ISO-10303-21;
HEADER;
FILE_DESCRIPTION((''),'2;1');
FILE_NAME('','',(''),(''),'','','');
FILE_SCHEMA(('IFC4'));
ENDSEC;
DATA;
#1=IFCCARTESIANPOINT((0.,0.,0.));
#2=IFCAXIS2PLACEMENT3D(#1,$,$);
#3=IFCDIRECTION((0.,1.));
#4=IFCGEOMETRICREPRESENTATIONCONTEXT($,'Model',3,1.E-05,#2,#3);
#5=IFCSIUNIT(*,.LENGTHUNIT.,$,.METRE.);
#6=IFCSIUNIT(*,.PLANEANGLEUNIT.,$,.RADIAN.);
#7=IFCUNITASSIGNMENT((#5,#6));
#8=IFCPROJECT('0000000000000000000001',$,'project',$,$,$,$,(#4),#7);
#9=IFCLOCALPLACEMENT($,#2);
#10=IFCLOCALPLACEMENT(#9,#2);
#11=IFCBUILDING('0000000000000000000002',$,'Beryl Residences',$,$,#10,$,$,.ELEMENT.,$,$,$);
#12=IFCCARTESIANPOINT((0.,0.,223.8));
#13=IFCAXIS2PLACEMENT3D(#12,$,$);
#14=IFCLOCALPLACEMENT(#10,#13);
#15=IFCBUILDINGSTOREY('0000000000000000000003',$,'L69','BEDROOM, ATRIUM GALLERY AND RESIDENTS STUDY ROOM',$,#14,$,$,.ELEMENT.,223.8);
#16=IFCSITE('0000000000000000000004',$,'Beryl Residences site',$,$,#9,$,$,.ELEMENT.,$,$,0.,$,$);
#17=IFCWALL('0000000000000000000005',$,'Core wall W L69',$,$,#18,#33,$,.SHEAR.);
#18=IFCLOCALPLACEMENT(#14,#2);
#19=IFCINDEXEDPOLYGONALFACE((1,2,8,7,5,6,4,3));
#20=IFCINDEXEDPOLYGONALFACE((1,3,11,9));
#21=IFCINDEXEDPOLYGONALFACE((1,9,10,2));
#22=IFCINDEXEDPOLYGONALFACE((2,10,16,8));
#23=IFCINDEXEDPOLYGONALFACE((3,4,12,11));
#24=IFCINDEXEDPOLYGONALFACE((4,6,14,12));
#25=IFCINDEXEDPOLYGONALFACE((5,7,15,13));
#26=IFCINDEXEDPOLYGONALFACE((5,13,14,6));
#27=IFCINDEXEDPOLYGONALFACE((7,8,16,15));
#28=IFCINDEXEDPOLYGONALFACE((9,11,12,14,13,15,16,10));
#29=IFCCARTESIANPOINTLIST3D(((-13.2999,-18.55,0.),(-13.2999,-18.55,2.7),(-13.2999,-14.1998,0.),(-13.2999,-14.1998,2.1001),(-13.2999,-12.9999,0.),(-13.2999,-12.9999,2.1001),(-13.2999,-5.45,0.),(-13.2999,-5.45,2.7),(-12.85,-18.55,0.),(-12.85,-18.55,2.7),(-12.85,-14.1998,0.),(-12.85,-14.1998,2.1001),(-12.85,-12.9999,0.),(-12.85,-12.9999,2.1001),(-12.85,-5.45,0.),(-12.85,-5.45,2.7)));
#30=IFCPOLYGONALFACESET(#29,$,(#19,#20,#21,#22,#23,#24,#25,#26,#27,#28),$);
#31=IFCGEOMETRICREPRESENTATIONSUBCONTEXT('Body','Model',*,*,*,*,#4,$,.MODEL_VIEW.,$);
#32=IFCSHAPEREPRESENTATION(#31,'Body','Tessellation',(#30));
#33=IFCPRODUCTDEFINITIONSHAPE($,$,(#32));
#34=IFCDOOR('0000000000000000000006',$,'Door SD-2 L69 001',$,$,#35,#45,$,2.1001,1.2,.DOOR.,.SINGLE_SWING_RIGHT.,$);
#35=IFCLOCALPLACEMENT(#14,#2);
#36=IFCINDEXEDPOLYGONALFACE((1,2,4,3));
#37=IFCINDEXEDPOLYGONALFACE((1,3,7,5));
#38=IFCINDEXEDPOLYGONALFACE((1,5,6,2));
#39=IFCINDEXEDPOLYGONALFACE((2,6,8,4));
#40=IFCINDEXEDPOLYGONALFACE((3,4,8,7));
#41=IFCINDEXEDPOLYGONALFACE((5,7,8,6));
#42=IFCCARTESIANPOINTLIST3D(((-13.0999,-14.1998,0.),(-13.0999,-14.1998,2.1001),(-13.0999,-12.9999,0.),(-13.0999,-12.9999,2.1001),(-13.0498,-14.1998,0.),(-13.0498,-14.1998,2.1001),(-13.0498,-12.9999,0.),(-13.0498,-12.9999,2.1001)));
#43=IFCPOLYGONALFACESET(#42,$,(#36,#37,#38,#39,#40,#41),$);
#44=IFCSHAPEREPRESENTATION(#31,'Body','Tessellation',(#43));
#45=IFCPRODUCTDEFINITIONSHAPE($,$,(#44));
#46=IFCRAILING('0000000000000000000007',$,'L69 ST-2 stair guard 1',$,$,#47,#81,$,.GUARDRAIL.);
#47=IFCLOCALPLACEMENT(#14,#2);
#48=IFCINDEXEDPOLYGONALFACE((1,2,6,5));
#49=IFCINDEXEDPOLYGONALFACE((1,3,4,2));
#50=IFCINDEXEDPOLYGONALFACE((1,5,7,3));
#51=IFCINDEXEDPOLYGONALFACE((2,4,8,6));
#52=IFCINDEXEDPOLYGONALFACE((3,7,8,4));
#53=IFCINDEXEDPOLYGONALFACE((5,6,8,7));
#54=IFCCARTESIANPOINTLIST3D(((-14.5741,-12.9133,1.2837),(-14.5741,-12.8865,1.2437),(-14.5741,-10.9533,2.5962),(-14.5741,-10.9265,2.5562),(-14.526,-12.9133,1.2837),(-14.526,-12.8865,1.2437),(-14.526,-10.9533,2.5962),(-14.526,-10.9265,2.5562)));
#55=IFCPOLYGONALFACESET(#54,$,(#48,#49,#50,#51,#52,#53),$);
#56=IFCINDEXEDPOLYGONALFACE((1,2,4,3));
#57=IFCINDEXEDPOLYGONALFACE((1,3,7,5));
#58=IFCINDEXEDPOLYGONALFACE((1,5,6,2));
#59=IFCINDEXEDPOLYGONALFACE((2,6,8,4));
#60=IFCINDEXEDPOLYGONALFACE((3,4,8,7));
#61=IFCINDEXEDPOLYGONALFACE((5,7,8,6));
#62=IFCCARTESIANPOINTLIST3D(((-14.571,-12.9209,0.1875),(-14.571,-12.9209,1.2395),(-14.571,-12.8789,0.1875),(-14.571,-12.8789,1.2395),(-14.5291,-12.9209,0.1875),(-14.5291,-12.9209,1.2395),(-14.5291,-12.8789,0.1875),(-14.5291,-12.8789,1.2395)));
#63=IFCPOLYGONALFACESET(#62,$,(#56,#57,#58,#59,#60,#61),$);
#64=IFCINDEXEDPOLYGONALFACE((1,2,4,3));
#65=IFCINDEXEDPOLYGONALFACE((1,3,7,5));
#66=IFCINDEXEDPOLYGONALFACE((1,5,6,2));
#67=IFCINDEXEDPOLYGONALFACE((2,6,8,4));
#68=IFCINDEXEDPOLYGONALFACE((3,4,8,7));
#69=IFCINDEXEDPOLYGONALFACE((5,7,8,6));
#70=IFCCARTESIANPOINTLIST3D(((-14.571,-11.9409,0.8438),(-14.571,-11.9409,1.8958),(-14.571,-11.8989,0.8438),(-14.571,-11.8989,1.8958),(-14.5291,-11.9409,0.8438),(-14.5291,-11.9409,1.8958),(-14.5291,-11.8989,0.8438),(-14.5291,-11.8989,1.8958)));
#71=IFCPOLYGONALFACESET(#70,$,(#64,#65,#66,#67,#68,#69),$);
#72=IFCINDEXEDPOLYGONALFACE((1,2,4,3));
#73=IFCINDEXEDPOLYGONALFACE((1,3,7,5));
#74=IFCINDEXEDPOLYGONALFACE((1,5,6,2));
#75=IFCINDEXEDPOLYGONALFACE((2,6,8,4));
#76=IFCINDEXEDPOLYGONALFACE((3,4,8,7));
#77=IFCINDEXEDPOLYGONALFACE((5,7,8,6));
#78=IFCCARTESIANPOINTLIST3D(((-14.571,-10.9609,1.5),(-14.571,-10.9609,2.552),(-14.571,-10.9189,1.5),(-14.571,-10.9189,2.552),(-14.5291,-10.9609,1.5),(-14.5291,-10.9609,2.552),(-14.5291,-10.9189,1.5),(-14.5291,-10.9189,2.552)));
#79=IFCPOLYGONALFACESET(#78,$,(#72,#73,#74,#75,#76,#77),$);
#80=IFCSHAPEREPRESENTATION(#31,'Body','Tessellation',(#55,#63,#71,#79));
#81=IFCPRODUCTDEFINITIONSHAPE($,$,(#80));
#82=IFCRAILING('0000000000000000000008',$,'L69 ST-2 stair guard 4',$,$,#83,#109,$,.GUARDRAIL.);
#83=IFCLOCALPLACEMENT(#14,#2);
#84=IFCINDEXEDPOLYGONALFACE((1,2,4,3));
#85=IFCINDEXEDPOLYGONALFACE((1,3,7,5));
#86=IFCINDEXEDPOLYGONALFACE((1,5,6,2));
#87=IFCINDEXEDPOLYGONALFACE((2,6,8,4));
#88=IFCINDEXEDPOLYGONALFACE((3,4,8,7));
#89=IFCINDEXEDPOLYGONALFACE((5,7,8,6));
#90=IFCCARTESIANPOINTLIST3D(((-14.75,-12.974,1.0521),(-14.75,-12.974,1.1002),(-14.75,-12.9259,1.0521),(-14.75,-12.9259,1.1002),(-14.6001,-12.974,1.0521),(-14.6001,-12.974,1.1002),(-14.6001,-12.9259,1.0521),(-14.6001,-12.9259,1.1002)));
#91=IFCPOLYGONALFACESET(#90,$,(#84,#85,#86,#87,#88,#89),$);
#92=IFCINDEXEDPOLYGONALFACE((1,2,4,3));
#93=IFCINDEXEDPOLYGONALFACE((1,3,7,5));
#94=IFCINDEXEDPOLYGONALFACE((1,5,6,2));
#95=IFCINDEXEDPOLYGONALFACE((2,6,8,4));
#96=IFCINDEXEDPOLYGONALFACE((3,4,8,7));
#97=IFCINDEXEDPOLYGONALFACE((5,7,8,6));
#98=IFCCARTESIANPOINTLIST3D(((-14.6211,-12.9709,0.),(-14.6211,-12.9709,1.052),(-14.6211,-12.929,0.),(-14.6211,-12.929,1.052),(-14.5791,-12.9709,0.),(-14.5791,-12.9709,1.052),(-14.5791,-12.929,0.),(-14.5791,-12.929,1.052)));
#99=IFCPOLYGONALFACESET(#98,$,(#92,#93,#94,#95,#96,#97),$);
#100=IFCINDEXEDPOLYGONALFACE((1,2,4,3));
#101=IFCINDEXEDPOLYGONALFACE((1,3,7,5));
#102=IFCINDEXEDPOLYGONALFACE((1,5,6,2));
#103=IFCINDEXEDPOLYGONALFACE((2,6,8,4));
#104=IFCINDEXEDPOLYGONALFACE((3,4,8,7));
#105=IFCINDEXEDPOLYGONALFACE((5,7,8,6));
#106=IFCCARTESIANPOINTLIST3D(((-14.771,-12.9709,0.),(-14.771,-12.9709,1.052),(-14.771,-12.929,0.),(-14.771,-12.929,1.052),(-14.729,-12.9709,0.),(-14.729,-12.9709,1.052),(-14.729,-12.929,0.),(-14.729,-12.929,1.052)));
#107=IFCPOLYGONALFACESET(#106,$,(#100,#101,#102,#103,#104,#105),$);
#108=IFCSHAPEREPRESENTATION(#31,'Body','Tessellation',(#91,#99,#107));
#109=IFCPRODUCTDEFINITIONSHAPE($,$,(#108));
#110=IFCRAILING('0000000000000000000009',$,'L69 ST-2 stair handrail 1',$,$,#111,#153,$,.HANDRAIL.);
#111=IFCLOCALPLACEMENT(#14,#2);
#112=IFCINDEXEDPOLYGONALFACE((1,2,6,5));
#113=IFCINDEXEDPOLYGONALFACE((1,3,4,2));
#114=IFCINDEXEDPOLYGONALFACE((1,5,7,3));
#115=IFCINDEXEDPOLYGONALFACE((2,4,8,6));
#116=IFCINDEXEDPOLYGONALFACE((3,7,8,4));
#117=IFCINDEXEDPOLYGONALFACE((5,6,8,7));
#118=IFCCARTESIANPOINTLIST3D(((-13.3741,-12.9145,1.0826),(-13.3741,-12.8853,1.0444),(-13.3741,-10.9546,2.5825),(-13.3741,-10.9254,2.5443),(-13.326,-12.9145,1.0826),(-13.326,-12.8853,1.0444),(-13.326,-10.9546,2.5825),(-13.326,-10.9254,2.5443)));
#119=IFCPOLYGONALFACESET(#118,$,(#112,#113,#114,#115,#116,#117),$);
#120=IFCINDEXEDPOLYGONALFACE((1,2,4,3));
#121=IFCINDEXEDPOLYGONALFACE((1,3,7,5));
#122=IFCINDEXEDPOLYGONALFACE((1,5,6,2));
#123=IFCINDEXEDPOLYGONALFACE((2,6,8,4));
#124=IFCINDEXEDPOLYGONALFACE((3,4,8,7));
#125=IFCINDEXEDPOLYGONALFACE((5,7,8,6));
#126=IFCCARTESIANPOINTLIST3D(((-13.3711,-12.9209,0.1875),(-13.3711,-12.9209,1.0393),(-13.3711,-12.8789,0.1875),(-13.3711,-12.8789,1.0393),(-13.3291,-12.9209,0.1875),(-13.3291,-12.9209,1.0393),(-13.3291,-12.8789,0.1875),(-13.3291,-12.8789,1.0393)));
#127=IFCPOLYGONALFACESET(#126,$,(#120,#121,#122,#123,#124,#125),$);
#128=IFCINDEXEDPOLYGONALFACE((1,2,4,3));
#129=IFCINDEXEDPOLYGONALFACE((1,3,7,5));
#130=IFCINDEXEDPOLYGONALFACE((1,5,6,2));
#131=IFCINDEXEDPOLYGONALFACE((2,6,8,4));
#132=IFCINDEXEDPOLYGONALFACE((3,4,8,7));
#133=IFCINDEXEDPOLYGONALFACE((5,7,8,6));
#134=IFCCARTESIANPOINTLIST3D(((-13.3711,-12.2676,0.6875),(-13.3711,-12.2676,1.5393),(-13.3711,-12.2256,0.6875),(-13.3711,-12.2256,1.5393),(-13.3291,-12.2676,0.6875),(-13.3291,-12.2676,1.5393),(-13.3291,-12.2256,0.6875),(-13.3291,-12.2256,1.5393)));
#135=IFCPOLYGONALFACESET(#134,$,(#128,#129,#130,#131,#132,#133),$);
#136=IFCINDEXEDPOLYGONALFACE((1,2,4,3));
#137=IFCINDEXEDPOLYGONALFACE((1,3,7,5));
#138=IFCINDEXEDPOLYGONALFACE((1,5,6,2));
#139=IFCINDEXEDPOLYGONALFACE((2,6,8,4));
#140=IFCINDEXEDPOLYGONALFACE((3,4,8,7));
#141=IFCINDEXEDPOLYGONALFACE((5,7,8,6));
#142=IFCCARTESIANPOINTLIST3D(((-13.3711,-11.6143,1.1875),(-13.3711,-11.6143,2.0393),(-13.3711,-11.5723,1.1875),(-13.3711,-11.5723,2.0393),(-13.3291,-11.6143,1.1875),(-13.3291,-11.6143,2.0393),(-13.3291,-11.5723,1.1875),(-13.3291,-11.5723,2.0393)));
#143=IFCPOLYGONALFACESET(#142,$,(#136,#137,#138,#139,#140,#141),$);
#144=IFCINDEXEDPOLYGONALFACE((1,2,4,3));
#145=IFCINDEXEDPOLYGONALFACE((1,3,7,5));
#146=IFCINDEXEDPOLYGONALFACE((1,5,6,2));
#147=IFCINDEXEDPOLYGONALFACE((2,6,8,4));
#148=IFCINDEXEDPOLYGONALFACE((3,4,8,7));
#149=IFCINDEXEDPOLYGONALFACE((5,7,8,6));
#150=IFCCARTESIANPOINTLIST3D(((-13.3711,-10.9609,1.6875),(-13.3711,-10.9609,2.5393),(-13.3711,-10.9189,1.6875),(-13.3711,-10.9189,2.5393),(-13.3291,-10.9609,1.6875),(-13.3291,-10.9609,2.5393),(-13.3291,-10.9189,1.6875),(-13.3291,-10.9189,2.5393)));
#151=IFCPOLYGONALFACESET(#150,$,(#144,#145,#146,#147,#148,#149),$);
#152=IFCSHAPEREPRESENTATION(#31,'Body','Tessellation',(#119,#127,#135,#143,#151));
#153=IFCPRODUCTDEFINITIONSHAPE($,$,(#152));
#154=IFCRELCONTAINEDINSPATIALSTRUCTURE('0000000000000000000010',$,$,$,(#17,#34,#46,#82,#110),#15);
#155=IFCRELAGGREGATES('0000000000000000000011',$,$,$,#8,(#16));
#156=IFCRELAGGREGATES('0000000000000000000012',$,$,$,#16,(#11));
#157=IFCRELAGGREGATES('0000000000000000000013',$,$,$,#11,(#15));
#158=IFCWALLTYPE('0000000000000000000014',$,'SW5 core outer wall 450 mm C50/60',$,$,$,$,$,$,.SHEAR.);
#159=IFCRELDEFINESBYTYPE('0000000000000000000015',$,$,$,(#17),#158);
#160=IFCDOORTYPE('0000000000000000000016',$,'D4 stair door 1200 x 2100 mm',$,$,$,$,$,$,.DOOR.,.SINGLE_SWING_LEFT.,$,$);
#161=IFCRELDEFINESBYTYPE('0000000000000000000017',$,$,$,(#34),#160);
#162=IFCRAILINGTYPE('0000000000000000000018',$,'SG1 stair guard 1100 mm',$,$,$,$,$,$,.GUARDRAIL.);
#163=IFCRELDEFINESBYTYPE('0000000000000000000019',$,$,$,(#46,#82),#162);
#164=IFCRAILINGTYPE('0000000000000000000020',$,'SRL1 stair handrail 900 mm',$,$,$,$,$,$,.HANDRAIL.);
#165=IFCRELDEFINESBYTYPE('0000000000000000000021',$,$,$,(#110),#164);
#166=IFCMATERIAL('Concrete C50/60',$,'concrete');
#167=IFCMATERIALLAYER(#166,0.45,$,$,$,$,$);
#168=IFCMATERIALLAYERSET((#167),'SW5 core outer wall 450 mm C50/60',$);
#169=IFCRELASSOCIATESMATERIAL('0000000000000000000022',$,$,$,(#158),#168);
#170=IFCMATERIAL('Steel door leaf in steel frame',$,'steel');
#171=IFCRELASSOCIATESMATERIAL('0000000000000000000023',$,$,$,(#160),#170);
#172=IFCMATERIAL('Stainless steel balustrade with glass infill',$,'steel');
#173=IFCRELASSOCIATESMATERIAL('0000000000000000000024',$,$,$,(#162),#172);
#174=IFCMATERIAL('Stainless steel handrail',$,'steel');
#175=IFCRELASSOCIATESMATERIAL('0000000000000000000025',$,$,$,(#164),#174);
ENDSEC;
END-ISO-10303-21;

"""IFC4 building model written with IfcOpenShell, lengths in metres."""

from ifc_helpers import new_model, si_unit, direction, frame, frame_2d, origin, origin_2d, place, context, subcontext, project, spatial, rectangle, extrude, material, layer, layer_set, type_object, element, fill, save


model = new_model("IFC4")

# Units and contexts
model_context = context("Model", 3, precision=1e-05, world=origin(), true_north=direction((0.0, 1.0)))
body_context = subcontext(model_context, "Body", "Model", "MODEL_VIEW")
ifc_project = project(units=[si_unit("LENGTHUNIT", "METRE"), si_unit("PLANEANGLEUNIT", "RADIAN")], contexts=[model_context])

# Site, building, storey
site_placement = place(None, origin())
site = spatial("IfcSite", under=ifc_project, at=site_placement, Name="Beryl Residences site", CompositionType="ELEMENT", RefElevation=0.0)
building_placement = place(site_placement, origin())
building = spatial("IfcBuilding", under=site, at=building_placement, Name="Beryl Residences", CompositionType="ELEMENT")
storey_placement = place(building_placement, frame((0.0, 0.0, 223.8)))
storey = spatial("IfcBuildingStorey", under=building, at=storey_placement, Name="L69", Description="BEDROOM, ATRIUM GALLERY AND RESIDENTS STUDY ROOM", CompositionType="ELEMENT", Elevation=223.8)

# Wall, opening, door
ifc_material_1 = material(Name="Concrete C50/60", Category="concrete")
ifc_layer_1 = layer(ifc_material_1, 0.45)
ifc_layer_set_1 = layer_set([ifc_layer_1], Name="SW5 core outer wall 450 mm C50/60")
wall_type_1 = type_object("IfcWallType", Name="SW5 core outer wall 450 mm C50/60", PredefinedType="SHEAR", material=ifc_layer_set_1)
wall_1_placement = place(storey_placement, frame((-13.075, -18.55, 0.0), z_axis=(0.0, 0.0, 1.0), x_axis=(0.0, 1.0, 0.0)))
wall_1 = element("IfcWall", 1, at=wall_1_placement, inside=storey, type_object=wall_type_1, Name="Core wall W L69", PredefinedType="SHEAR", context=body_context, shape_type="SweptSolid", body=[
    extrude(rectangle(XDim=13.1001, YDim=0.45, at=frame_2d((6.55, 0.0))), origin(), (0.0, 0.0, 1.0), 2.7),
])
opening_1_placement = place(wall_1_placement, frame((4.3501, 0.0, 0.0)))
opening_1 = element("IfcOpeningElement", 2, at=opening_1_placement, cuts=wall_1, PredefinedType="OPENING", context=body_context, shape_type="SweptSolid", body=[
    extrude(rectangle(XDim=1.2, YDim=2.1001, at=frame_2d((0.6001, 1.05))), frame((0.0, 0.2349, 0.0), z_axis=(0.0, -1.0, 0.0), x_axis=(1.0, 0.0, 0.0)), (0.0, 0.0, 1.0), 0.47),
])
ifc_material_2 = material(Name="Steel door leaf in steel frame", Category="steel")
door_type_1 = type_object("IfcDoorType", Name="D4 stair door 1200 x 2100 mm", OperationType="SINGLE_SWING_LEFT", PredefinedType="DOOR", material=ifc_material_2)
door_1_placement = place(opening_1_placement, origin())
door_1 = element("IfcDoor", 3, at=door_1_placement, inside=storey, type_object=door_type_1, Name="Door SD-2 L69 001", OperationType="SINGLE_SWING_RIGHT", OverallHeight=2.1001, OverallWidth=1.2, PredefinedType="DOOR", context=body_context, shape_type="SweptSolid", body=[
    extrude(rectangle(XDim=1.2, YDim=2.1001, at=frame_2d((0.6001, 1.05))), frame((0.0, 0.0249, 0.0), z_axis=(0.0, -1.0, 0.0), x_axis=(1.0, 0.0, 0.0)), (0.0, 0.0, 1.0), 0.05),
])
fill(opening_1, door_1)

# Railings
ifc_material_3 = material(Name="Stainless steel balustrade with glass infill", Category="steel")
railing_type_1 = type_object("IfcRailingType", Name="SG1 stair guard 1100 mm", PredefinedType="GUARDRAIL", material=ifc_material_3)
railing_1_placement = place(storey_placement, frame((-14.55, -12.8999, 0.1875)))
element("IfcRailing", 4, at=railing_1_placement, inside=storey, type_object=railing_type_1, Name="L69 ST-2 stair guard 1", PredefinedType="GUARDRAIL", context=body_context, shape_type="SweptSolid", body=[
    extrude(rectangle(XDim=0.0481, YDim=0.0481, at=origin_2d()), frame((0.0, 0.0, 1.0762), z_axis=(0.0, 0.830902, 0.556419), x_axis=(-1.0, 0.0, 0.0)), (0.0, 0.0, 1.0), 2.3589),
    extrude(rectangle(XDim=0.042, YDim=0.042, at=origin_2d()), origin(), (0.0, 0.0, 1.0), 1.052),
    extrude(rectangle(XDim=0.042, YDim=0.042, at=origin_2d()), frame((0.0, 0.98, 0.6562)), (0.0, 0.0, 1.0), 1.052),
    extrude(rectangle(XDim=0.042, YDim=0.042, at=origin_2d()), frame((0.0, 1.96, 1.3125)), (0.0, 0.0, 1.0), 1.052),
])
railing_2_placement = place(storey_placement, frame((-14.6001, -12.95, 0.0)))
element("IfcRailing", 5, at=railing_2_placement, inside=storey, type_object=railing_type_1, Name="L69 ST-2 stair guard 4", PredefinedType="GUARDRAIL", context=body_context, shape_type="SweptSolid", body=[
    extrude(rectangle(XDim=0.0481, YDim=0.0481, at=origin_2d()), frame((0.0, 0.0, 1.0762), z_axis=(-1.0, 0.0, 0.0), x_axis=(0.0, -1.0, 0.0)), (0.0, 0.0, 1.0), 0.1499),
    extrude(rectangle(XDim=0.042, YDim=0.042, at=origin_2d()), origin(), (0.0, 0.0, 1.0), 1.052),
    extrude(rectangle(XDim=0.042, YDim=0.042, at=origin_2d()), frame((-0.1499, 0.0, 0.0)), (0.0, 0.0, 1.0), 1.052),
])
ifc_material_4 = material(Name="Stainless steel handrail", Category="steel")
railing_type_2 = type_object("IfcRailingType", Name="SRL1 stair handrail 900 mm", PredefinedType="HANDRAIL", material=ifc_material_4)
railing_3_placement = place(storey_placement, frame((-13.3501, -12.8999, 0.1875)))
element("IfcRailing", 6, at=railing_3_placement, inside=storey, type_object=railing_type_2, Name="L69 ST-2 stair handrail 1", PredefinedType="HANDRAIL", context=body_context, shape_type="SweptSolid", body=[
    extrude(rectangle(XDim=0.0481, YDim=0.0481, at=origin_2d()), frame((0.0, 0.0, 0.876), z_axis=(0.0, 0.794122, 0.607758), x_axis=(-1.0, 0.0, 0.0)), (0.0, 0.0, 1.0), 2.468),
    extrude(rectangle(XDim=0.042, YDim=0.042, at=origin_2d()), origin(), (0.0, 0.0, 1.0), 0.8518),
    extrude(rectangle(XDim=0.042, YDim=0.042, at=origin_2d()), frame((0.0, 0.6533, 0.5)), (0.0, 0.0, 1.0), 0.8518),
    extrude(rectangle(XDim=0.042, YDim=0.042, at=origin_2d()), frame((0.0, 1.3066, 1.0)), (0.0, 0.0, 1.0), 0.8518),
    extrude(rectangle(XDim=0.042, YDim=0.042, at=origin_2d()), frame((0.0, 1.96, 1.5)), (0.0, 0.0, 1.0), 0.8518),
])

save(model, "model.ifc")
